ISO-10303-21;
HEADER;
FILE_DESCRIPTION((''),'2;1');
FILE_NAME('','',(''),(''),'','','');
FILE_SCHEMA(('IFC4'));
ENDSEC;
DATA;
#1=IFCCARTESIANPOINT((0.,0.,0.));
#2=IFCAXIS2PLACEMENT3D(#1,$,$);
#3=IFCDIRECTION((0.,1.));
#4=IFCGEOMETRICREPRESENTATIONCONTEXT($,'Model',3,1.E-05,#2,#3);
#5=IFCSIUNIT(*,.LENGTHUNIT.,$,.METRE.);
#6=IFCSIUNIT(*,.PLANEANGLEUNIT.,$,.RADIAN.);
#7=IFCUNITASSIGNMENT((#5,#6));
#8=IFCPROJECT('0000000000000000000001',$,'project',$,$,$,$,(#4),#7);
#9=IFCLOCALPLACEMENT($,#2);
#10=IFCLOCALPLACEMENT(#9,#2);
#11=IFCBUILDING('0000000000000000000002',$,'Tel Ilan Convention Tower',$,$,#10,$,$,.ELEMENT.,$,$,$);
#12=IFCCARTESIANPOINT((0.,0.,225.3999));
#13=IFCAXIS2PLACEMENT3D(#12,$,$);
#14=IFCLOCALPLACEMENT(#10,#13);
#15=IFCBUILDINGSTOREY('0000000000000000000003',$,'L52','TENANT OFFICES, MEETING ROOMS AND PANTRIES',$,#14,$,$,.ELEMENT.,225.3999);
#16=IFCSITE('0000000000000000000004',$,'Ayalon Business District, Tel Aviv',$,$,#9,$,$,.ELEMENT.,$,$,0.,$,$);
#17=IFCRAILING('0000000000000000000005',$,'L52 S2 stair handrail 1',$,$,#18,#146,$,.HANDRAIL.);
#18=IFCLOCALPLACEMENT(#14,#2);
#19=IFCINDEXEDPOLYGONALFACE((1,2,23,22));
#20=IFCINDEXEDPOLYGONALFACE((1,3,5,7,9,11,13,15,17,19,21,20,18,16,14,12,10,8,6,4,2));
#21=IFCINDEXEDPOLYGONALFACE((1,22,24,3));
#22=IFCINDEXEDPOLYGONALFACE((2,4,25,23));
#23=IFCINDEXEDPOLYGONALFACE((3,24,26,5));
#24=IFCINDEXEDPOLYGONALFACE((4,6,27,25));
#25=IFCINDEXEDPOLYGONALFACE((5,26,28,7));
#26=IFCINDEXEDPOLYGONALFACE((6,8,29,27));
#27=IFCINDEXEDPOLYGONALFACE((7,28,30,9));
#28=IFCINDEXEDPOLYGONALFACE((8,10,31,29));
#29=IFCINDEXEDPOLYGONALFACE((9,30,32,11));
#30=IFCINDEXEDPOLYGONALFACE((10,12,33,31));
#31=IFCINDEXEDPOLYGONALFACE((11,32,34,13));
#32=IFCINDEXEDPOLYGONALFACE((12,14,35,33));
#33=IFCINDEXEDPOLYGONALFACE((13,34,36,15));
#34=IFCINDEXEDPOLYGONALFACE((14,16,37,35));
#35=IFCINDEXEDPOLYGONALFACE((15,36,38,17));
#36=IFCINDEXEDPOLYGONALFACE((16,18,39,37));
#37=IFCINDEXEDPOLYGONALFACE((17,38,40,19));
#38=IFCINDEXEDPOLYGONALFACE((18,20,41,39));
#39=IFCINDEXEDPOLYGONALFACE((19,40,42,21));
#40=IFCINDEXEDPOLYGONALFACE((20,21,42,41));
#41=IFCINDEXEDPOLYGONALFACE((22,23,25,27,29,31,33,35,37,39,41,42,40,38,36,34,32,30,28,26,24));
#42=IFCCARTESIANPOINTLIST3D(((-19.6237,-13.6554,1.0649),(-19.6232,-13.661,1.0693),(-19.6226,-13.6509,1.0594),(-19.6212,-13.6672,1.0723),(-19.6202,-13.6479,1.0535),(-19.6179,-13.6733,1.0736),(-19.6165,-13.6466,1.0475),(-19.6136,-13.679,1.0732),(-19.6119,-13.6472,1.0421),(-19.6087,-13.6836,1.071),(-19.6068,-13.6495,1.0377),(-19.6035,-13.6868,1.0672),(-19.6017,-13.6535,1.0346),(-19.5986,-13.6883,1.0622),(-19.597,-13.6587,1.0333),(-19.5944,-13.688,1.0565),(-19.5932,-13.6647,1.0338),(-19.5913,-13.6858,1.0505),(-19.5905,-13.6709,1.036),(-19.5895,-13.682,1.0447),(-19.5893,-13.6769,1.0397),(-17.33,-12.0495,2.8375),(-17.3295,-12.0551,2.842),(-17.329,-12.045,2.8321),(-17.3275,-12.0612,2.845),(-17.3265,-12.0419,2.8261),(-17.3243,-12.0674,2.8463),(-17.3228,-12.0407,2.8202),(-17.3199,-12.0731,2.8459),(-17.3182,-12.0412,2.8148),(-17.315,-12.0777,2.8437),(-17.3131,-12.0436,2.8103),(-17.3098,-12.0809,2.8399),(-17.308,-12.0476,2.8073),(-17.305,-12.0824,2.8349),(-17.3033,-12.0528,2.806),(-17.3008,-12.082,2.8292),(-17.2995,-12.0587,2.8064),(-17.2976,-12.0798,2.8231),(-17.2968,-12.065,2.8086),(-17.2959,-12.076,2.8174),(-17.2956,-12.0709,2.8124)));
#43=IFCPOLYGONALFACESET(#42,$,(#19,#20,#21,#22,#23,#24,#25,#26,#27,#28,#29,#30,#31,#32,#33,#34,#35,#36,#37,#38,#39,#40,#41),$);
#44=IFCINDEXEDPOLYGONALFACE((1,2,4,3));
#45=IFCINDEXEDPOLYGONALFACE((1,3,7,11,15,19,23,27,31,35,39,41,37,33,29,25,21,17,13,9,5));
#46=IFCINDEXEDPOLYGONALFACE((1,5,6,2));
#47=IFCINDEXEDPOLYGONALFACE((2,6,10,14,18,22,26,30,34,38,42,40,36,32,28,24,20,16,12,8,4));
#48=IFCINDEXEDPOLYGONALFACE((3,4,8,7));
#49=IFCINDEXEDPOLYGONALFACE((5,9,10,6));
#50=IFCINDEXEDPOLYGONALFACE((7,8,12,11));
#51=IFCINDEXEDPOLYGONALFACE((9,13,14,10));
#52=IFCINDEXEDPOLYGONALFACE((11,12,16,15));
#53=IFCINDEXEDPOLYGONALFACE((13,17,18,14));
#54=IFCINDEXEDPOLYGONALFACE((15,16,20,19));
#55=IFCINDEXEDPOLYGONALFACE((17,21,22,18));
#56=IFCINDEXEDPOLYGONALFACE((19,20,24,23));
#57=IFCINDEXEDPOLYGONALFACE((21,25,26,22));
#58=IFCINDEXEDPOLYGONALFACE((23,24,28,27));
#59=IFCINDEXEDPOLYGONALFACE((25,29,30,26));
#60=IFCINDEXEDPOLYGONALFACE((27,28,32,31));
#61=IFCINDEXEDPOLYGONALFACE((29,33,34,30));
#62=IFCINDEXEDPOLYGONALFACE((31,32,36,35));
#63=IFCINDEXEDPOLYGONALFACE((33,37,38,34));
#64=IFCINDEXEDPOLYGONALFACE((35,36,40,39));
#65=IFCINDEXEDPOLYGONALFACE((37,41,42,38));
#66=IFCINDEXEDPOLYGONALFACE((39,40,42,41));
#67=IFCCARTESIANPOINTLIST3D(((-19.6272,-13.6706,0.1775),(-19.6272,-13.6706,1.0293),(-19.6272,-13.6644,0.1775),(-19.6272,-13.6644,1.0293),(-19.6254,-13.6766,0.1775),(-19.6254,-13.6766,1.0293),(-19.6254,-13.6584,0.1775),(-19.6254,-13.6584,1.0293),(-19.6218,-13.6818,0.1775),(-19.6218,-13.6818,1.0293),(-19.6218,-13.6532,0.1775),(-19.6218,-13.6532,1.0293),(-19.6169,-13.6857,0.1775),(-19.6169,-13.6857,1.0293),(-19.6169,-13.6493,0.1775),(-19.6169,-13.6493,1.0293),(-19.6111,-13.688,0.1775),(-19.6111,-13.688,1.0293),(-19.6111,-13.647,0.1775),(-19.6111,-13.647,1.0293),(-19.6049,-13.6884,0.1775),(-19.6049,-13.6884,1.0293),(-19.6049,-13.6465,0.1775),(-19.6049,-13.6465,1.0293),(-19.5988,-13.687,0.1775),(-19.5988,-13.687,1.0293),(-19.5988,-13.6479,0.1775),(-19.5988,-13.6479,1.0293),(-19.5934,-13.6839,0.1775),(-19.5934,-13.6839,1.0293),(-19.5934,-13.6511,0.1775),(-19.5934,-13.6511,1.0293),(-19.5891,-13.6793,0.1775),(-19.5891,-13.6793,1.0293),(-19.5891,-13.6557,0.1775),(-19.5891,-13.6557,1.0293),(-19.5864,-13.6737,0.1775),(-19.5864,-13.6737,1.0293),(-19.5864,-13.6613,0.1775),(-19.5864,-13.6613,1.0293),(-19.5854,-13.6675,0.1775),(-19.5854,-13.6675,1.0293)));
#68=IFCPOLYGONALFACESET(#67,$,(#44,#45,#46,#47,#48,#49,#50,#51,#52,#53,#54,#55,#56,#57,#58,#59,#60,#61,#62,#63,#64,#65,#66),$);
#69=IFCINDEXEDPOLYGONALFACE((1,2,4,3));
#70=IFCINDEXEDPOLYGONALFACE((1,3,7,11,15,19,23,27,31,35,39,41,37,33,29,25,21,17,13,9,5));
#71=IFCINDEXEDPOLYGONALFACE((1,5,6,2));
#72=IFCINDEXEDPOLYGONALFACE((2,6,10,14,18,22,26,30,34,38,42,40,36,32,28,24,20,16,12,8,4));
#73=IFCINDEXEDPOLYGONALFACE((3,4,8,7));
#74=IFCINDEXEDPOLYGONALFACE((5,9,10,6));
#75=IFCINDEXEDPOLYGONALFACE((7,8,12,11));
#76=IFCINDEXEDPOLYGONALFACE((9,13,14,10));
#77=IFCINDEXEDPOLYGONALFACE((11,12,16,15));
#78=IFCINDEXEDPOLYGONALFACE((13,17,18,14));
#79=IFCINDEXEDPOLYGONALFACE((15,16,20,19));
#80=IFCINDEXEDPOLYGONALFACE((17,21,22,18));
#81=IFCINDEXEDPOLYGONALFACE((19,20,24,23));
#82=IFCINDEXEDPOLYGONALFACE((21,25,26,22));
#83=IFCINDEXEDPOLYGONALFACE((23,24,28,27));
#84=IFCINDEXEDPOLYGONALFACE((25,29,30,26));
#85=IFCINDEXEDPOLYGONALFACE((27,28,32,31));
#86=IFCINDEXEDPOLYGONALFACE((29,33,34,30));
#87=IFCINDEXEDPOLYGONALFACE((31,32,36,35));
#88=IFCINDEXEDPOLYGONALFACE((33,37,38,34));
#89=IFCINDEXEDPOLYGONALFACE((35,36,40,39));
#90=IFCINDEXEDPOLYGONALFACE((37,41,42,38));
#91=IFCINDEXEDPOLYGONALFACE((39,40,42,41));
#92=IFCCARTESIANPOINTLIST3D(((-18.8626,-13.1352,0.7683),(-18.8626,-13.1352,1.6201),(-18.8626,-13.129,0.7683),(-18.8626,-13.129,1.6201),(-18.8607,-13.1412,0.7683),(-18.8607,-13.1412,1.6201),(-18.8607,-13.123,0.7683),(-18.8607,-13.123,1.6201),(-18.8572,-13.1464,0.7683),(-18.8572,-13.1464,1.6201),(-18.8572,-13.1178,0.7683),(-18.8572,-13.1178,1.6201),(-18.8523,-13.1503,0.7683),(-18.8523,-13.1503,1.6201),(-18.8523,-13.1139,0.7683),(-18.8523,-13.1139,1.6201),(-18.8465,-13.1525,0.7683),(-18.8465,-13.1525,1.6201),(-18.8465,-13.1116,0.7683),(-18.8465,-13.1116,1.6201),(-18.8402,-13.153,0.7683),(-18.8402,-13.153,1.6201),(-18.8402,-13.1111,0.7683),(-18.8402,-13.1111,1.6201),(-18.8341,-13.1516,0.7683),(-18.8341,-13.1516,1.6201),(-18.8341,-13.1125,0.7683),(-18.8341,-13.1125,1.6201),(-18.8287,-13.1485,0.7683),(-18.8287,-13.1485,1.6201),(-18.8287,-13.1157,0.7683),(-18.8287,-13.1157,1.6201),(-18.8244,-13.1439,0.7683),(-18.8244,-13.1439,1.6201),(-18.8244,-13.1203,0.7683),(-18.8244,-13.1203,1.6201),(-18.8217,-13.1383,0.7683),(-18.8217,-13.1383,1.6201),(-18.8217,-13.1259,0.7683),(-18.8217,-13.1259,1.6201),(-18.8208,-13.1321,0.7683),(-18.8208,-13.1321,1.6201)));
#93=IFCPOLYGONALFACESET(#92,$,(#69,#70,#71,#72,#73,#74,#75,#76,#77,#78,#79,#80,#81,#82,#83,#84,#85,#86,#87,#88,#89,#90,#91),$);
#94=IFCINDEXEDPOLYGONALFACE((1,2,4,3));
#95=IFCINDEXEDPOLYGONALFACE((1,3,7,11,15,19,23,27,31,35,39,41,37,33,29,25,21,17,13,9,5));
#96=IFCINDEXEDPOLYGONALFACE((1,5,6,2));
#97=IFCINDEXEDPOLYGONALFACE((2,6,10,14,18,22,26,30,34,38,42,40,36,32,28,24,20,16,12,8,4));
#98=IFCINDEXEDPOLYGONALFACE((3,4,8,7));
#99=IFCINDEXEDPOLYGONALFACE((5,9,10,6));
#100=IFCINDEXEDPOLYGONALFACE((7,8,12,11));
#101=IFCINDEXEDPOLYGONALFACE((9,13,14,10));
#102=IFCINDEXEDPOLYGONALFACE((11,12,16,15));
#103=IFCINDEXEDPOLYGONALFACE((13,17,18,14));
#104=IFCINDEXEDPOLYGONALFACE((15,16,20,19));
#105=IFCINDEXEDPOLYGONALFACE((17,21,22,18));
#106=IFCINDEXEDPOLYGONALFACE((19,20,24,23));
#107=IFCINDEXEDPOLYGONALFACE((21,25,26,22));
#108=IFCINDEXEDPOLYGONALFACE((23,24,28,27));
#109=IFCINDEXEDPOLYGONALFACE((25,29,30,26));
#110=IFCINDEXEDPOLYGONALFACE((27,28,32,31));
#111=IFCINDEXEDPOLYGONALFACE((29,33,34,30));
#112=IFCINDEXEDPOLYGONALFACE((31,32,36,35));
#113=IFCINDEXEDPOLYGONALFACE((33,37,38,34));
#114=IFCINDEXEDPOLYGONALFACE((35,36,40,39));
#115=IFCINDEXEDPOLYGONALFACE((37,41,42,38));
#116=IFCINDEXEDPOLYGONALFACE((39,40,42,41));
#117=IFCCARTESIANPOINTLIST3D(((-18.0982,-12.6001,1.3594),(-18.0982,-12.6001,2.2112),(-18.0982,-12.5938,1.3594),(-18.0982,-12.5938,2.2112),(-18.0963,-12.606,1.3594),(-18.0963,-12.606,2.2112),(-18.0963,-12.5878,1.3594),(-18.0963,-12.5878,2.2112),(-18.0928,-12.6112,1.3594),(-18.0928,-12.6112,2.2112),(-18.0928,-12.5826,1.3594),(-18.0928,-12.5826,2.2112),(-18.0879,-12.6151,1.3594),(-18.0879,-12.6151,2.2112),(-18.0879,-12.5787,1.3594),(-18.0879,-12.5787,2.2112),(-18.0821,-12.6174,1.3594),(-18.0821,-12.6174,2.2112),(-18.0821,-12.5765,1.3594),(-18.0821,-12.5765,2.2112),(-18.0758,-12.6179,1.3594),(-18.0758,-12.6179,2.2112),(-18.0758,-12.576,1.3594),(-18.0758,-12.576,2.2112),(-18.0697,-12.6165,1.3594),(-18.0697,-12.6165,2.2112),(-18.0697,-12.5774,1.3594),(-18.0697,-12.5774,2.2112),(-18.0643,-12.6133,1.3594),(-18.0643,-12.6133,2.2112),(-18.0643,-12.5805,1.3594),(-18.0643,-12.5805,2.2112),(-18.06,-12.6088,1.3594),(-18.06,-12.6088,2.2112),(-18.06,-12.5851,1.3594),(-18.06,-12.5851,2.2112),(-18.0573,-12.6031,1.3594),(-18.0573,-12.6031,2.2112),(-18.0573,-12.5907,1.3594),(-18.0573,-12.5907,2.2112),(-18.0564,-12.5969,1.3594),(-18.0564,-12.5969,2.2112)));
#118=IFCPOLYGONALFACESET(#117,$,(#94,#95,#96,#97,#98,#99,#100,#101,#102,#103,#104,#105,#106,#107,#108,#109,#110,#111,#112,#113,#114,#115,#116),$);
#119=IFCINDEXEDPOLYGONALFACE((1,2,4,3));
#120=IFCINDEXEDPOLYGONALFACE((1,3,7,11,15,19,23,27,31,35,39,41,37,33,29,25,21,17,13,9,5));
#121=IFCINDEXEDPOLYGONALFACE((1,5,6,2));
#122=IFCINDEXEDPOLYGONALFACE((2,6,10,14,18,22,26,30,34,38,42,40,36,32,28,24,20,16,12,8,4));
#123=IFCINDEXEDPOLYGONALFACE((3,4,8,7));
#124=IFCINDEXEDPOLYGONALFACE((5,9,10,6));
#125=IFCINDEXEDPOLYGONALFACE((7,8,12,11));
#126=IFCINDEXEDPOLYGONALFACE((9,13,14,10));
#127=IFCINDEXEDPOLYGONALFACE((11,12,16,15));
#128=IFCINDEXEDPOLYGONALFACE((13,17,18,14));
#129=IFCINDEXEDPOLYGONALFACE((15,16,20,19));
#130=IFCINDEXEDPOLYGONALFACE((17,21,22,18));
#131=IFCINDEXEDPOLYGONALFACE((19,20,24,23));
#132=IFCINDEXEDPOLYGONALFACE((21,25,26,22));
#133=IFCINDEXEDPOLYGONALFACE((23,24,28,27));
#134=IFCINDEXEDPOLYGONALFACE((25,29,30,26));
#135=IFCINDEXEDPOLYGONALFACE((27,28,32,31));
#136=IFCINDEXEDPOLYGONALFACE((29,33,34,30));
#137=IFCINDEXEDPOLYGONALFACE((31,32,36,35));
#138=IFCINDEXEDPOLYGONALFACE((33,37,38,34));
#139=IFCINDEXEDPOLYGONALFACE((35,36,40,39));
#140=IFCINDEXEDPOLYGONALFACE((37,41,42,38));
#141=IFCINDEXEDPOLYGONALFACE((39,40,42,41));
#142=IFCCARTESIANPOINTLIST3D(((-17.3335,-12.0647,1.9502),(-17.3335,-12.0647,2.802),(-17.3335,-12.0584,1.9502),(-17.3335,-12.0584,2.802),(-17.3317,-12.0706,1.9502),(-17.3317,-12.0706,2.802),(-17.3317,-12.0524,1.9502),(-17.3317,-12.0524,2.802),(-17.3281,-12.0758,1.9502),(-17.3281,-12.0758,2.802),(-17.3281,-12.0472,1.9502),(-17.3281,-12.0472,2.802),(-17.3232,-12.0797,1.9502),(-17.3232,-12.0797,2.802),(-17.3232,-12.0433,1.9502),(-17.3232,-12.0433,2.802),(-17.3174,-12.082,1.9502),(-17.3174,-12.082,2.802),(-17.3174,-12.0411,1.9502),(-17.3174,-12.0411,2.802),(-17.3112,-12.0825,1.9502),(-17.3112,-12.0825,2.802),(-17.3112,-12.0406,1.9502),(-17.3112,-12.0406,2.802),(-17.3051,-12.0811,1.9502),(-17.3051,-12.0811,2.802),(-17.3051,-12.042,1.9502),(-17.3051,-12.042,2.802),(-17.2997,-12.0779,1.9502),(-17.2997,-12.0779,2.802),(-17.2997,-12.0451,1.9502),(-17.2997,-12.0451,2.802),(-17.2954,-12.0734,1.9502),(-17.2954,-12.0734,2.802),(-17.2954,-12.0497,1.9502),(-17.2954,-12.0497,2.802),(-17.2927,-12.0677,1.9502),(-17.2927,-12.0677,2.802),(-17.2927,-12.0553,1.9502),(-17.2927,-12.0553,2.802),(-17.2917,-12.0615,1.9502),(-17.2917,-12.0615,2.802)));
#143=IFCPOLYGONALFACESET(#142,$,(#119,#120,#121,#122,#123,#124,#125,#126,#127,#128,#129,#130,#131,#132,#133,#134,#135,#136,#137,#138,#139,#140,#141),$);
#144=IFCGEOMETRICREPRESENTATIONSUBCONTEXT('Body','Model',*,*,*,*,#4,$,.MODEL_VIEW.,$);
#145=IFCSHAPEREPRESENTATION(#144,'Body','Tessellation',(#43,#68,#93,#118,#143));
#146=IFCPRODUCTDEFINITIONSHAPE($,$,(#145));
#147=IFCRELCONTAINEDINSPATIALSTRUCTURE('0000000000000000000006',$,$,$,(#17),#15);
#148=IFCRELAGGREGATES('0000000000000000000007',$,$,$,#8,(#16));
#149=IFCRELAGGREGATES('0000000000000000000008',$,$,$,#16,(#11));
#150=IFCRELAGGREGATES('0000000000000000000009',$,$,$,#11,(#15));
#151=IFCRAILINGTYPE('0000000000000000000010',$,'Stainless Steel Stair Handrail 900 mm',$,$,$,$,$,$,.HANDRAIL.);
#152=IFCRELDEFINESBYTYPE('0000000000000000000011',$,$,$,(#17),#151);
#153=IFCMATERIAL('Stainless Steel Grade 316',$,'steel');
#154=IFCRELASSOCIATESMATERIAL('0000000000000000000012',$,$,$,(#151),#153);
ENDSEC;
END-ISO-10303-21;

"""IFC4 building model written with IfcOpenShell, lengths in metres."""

from ifc_helpers import new_model, si_unit, direction, frame, origin, origin_2d, place, context, subcontext, project, spatial, circle, extrude, material, type_object, element, save


model = new_model("IFC4")

# Units and contexts
model_context = context("Model", 3, precision=1e-05, world=origin(), true_north=direction((0.0, 1.0)))
body_context = subcontext(model_context, "Body", "Model", "MODEL_VIEW")
ifc_project = project(units=[si_unit("LENGTHUNIT", "METRE"), si_unit("PLANEANGLEUNIT", "RADIAN")], contexts=[model_context])

# Site, building, storey
site_placement = place(None, origin())
site = spatial("IfcSite", under=ifc_project, at=site_placement, Name="Ayalon Business District, Tel Aviv", CompositionType="ELEMENT", RefElevation=0.0)
building_placement = place(site_placement, origin())
building = spatial("IfcBuilding", under=site, at=building_placement, Name="Tel Ilan Convention Tower", CompositionType="ELEMENT")
storey_placement = place(building_placement, frame((0.0, 0.0, 225.3999)))
storey = spatial("IfcBuildingStorey", under=building, at=storey_placement, Name="L52", Description="TENANT OFFICES, MEETING ROOMS AND PANTRIES", CompositionType="ELEMENT", Elevation=225.3999)

# Railing
ifc_material_1 = material(Name="Stainless Steel Grade 316", Category="steel")
railing_type = type_object("IfcRailingType", Name="Stainless Steel Stair Handrail 900 mm", PredefinedType="HANDRAIL", material=ifc_material_1)
railing_placement = place(storey_placement, frame((-19.6064, -13.6675, 0.1775)))
element("IfcRailing", 1, at=railing_placement, inside=storey, type_object=railing_type, Name="L52 S2 stair handrail 1", PredefinedType="HANDRAIL", context=body_context, shape_type="SweptSolid", body=[
    extrude(circle(Radius=0.0239, at=origin_2d()), frame((0.0, 0.0, 0.876), z_axis=(0.692123, 0.484597, 0.534913), x_axis=(-0.57355, 0.81917, 0.0)), (0.0, 0.0, 1.0), 3.314),
    extrude(circle(Radius=0.021, at=origin_2d()), origin(), (0.0, 0.0, 1.0), 0.8518),
    extrude(circle(Radius=0.021, at=origin_2d()), frame((0.7646, 0.5354, 0.5908)), (0.0, 0.0, 1.0), 0.8518),
    extrude(circle(Radius=0.021, at=origin_2d()), frame((1.5291, 1.0706, 1.1819)), (0.0, 0.0, 1.0), 0.8518),
    extrude(circle(Radius=0.021, at=origin_2d()), frame((2.2937, 1.606, 1.7727)), (0.0, 0.0, 1.0), 0.8518),
])

save(model, "model.ifc")
